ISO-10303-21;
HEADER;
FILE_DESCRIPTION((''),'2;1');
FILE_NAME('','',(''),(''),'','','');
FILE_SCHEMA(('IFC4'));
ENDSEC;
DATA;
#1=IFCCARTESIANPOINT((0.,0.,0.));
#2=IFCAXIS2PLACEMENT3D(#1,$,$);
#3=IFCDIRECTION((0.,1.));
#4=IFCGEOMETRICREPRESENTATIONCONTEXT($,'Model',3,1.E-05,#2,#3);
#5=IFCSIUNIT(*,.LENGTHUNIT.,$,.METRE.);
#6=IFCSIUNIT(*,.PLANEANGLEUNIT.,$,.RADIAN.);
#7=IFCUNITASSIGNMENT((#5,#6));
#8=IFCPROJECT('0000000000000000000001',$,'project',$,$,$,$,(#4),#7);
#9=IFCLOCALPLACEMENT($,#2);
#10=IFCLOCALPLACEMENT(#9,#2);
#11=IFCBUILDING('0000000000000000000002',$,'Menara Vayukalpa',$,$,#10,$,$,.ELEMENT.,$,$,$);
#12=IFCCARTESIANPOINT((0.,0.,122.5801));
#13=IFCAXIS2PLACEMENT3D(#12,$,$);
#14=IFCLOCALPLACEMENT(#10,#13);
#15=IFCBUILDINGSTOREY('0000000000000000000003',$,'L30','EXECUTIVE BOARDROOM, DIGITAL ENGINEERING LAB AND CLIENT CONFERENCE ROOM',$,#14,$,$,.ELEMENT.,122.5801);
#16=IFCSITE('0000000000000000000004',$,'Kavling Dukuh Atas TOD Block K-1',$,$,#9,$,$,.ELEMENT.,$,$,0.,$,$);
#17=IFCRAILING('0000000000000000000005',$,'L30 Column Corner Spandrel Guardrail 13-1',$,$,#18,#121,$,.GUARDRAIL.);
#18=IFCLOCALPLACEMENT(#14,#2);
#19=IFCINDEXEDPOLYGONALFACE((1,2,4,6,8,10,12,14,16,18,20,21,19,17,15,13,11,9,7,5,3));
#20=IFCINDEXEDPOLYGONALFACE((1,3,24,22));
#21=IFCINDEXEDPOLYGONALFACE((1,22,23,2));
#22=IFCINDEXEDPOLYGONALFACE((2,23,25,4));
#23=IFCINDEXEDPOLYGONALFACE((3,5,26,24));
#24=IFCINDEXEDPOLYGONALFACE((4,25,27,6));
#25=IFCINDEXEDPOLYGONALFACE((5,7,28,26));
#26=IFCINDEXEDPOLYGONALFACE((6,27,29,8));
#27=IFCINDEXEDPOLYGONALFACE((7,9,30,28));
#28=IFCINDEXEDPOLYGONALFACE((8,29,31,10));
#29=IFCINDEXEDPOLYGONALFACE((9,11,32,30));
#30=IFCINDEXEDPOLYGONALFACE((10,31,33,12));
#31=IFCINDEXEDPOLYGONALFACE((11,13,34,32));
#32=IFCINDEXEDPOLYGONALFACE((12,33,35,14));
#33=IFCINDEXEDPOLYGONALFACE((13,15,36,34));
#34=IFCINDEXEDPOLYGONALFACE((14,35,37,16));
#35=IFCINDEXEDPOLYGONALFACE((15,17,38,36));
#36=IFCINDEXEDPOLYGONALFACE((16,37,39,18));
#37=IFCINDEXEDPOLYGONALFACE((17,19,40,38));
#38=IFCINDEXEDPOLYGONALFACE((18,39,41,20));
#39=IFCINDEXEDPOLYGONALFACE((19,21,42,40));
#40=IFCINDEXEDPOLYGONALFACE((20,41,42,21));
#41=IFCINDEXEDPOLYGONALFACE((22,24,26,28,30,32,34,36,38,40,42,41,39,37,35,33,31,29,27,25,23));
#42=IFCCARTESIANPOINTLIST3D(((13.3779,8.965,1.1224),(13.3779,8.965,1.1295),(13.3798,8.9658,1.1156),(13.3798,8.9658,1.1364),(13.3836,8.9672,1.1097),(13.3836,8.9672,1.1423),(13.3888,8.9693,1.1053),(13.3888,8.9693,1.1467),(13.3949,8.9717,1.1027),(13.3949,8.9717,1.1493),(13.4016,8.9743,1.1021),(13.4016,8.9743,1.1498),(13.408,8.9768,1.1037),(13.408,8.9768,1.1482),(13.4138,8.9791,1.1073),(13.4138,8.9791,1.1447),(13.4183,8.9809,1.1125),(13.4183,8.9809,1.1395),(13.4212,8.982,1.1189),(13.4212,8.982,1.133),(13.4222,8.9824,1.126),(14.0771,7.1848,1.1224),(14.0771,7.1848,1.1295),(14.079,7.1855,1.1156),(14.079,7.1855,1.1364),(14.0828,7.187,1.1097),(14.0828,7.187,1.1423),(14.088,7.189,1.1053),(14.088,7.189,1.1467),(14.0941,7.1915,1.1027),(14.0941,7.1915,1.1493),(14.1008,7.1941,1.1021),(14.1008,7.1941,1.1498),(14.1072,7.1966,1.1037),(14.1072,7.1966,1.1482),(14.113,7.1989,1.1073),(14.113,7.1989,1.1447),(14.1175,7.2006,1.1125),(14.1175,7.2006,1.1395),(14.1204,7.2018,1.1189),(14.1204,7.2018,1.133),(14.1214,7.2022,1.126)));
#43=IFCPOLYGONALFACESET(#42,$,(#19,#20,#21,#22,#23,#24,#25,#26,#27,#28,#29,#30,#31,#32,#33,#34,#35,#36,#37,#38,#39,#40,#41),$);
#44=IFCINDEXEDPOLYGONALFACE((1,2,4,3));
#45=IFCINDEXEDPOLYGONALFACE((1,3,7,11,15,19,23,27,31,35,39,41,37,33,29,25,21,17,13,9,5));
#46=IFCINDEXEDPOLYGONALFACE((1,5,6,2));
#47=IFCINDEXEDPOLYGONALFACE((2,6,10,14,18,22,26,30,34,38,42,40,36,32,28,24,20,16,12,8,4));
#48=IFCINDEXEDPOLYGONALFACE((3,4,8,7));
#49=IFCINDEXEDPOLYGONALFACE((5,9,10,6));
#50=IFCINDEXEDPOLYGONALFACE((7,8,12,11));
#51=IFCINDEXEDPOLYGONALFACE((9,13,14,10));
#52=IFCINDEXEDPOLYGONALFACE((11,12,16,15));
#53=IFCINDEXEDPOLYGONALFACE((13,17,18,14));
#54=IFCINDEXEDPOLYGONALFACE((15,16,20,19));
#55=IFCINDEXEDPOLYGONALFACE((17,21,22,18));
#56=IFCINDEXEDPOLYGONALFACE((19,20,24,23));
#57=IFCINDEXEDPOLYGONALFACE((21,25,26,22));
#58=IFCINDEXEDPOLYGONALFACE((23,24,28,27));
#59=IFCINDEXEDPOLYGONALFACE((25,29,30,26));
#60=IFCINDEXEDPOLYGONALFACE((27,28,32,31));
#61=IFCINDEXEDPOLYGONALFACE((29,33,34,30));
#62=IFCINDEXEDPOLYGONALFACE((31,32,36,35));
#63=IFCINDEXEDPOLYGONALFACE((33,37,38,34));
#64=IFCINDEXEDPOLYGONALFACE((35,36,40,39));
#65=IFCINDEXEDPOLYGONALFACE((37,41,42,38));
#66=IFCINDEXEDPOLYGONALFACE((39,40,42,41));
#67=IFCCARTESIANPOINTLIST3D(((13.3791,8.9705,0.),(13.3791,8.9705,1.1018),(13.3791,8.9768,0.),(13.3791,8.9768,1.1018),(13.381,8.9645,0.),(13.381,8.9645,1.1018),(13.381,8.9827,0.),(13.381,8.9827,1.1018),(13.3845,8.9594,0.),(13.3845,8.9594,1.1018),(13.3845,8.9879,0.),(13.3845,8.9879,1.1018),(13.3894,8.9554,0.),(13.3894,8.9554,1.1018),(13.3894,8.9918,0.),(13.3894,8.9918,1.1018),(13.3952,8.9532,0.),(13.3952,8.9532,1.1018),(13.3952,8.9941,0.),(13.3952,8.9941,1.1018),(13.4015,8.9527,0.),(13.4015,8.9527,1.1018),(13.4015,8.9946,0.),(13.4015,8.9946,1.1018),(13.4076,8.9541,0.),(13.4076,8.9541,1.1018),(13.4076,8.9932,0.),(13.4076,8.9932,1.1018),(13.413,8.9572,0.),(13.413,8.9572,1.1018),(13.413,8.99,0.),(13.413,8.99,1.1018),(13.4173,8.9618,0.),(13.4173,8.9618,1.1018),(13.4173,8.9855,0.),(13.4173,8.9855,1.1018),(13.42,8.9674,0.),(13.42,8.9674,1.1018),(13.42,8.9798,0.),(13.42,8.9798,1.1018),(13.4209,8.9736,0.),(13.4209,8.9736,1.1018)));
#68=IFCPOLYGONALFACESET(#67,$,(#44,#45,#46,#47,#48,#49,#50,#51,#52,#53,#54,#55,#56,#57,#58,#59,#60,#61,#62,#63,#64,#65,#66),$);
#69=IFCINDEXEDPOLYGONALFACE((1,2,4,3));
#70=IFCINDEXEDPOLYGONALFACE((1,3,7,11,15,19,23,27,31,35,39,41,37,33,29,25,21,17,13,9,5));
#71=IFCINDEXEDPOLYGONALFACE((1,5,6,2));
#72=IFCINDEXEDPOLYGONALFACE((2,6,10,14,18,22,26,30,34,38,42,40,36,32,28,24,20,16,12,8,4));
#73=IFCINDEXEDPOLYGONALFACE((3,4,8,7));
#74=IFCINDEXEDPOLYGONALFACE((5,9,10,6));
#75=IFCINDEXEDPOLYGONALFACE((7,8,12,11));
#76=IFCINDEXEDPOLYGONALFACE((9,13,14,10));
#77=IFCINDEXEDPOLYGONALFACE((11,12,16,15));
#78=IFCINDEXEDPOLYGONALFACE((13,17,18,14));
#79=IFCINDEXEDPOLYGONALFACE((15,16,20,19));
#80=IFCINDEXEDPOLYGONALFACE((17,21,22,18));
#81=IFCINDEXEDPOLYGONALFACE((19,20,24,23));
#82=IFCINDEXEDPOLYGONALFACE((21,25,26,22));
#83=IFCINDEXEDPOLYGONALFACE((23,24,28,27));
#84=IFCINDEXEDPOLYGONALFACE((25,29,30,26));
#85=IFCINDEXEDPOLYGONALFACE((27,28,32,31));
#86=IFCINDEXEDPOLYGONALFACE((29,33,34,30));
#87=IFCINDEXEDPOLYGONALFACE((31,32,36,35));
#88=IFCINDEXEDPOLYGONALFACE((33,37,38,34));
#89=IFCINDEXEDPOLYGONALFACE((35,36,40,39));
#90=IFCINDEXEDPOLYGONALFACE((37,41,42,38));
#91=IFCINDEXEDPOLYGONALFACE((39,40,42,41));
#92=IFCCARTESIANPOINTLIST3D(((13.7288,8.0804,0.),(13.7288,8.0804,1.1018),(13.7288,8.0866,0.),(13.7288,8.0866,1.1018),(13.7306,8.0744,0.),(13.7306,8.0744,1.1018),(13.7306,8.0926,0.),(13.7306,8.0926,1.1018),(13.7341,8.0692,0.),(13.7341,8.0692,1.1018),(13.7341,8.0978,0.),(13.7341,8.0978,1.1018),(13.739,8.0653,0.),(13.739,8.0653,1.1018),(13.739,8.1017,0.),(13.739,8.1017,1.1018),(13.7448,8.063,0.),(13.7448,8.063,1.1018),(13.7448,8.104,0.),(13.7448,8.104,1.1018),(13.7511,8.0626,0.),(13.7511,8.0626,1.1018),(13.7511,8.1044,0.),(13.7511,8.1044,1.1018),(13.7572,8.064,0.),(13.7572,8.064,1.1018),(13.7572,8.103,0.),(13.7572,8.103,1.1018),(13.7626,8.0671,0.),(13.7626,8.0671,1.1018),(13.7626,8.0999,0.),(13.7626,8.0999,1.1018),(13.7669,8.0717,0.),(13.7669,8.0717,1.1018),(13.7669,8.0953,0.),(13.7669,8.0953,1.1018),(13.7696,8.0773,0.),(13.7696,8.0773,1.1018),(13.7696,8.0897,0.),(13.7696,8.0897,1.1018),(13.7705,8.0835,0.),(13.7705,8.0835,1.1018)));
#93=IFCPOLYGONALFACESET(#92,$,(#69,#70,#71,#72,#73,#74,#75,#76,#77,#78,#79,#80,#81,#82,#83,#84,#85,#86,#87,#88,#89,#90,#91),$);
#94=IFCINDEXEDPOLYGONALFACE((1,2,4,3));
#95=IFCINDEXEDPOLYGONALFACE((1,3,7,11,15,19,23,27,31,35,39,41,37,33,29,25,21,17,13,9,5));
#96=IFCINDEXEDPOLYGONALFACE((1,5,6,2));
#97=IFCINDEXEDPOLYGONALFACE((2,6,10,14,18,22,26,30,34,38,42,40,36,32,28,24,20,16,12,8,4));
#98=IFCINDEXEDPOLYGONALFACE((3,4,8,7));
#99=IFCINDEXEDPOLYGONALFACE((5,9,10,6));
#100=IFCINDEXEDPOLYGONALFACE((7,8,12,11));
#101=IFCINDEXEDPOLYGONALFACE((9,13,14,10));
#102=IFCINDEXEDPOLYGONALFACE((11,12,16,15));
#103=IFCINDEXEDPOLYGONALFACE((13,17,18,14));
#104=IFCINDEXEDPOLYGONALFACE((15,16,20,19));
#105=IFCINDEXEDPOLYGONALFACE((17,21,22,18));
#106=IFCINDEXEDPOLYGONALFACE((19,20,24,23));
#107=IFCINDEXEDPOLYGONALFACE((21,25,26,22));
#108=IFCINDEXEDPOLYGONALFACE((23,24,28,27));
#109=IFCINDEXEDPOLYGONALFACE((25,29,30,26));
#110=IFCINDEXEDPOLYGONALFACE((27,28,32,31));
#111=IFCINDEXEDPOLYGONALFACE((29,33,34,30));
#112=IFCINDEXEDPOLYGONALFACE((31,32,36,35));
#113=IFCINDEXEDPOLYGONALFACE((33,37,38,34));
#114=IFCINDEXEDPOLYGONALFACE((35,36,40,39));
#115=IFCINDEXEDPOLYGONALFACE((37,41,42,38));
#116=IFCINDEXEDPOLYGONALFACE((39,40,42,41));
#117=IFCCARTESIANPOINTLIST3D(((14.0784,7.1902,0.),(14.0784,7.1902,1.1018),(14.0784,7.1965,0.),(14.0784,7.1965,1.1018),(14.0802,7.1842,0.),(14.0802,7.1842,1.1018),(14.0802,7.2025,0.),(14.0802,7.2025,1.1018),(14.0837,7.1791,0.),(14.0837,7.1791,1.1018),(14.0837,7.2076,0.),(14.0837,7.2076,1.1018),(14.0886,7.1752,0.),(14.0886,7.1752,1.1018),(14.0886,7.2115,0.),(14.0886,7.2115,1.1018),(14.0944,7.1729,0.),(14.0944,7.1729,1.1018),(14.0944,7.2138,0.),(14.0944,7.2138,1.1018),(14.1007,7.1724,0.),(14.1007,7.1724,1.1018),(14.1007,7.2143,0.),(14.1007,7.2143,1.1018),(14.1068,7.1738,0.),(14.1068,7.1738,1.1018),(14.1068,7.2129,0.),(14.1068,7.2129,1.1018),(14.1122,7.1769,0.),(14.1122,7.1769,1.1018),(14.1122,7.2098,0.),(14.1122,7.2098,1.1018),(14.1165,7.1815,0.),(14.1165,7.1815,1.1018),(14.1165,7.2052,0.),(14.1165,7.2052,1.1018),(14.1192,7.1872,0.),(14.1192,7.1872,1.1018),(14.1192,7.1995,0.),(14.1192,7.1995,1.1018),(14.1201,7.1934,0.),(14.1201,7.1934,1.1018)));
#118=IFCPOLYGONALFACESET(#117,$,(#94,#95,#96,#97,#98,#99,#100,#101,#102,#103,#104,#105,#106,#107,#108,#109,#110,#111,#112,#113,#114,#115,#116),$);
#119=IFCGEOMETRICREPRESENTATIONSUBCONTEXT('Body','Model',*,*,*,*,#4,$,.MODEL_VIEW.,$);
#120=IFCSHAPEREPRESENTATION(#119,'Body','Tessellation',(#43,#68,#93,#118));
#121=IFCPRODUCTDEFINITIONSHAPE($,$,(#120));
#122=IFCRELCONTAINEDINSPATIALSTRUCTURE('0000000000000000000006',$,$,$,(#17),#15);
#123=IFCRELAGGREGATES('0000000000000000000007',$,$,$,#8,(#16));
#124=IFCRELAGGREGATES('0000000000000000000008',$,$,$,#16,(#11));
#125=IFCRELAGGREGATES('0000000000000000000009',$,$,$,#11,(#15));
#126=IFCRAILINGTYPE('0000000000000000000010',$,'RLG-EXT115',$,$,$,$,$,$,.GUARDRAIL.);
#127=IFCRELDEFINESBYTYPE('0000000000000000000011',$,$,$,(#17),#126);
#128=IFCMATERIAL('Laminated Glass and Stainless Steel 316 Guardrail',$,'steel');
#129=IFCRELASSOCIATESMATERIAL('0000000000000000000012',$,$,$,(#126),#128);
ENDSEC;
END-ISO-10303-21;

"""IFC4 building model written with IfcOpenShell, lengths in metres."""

from ifc_helpers import new_model, si_unit, direction, frame, origin, origin_2d, place, context, subcontext, project, spatial, circle, extrude, material, type_object, element, save


model = new_model("IFC4")

# Units and contexts
model_context = context("Model", 3, precision=1e-05, world=origin(), true_north=direction((0.0, 1.0)))
body_context = subcontext(model_context, "Body", "Model", "MODEL_VIEW")
ifc_project = project(units=[si_unit("LENGTHUNIT", "METRE"), si_unit("PLANEANGLEUNIT", "RADIAN")], contexts=[model_context])

# Site, building, storey
site_placement = place(None, origin())
site = spatial("IfcSite", under=ifc_project, at=site_placement, Name="Kavling Dukuh Atas TOD Block K-1", CompositionType="ELEMENT", RefElevation=0.0)
building_placement = place(site_placement, origin())
building = spatial("IfcBuilding", under=site, at=building_placement, Name="Menara Vayukalpa", CompositionType="ELEMENT")
storey_placement = place(building_placement, frame((0.0, 0.0, 122.5801)))
storey = spatial("IfcBuildingStorey", under=building, at=storey_placement, Name="L30", Description="EXECUTIVE BOARDROOM, DIGITAL ENGINEERING LAB AND CLIENT CONFERENCE ROOM", CompositionType="ELEMENT", Elevation=122.5801)

# Railing
ifc_material_1 = material(Name="Laminated Glass and Stainless Steel 316 Guardrail", Category="steel")
railing_type = type_object("IfcRailingType", Name="RLG-EXT115", PredefinedType="GUARDRAIL", material=ifc_material_1)
railing_1_placement = place(storey_placement, frame((13.3999, 8.9736, 0.0)))
element("IfcRailing", 1, at=railing_1_placement, inside=storey, type_object=railing_type, Name="L30 Column Corner Spandrel Guardrail 13-1", PredefinedType="GUARDRAIL", context=body_context, shape_type="SweptSolid", body=[
    extrude(circle(Radius=0.0239, at=origin_2d()), frame((0.0, 0.0, 1.126), z_axis=(0.365573, -0.930783, 0.0), x_axis=(0.930783, 0.365573, 0.0)), (0.0, 0.0, 1.0), 1.9126),
    extrude(circle(Radius=0.021, at=origin_2d()), origin(), (0.0, 0.0, 1.0), 1.1018),
    extrude(circle(Radius=0.021, at=origin_2d()), frame((0.3496, -0.8901, 0.0)), (0.0, 0.0, 1.0), 1.1018),
    extrude(circle(Radius=0.021, at=origin_2d()), frame((0.6992, -1.7803, 0.0)), (0.0, 0.0, 1.0), 1.1018),
])

save(model, "model.ifc")
